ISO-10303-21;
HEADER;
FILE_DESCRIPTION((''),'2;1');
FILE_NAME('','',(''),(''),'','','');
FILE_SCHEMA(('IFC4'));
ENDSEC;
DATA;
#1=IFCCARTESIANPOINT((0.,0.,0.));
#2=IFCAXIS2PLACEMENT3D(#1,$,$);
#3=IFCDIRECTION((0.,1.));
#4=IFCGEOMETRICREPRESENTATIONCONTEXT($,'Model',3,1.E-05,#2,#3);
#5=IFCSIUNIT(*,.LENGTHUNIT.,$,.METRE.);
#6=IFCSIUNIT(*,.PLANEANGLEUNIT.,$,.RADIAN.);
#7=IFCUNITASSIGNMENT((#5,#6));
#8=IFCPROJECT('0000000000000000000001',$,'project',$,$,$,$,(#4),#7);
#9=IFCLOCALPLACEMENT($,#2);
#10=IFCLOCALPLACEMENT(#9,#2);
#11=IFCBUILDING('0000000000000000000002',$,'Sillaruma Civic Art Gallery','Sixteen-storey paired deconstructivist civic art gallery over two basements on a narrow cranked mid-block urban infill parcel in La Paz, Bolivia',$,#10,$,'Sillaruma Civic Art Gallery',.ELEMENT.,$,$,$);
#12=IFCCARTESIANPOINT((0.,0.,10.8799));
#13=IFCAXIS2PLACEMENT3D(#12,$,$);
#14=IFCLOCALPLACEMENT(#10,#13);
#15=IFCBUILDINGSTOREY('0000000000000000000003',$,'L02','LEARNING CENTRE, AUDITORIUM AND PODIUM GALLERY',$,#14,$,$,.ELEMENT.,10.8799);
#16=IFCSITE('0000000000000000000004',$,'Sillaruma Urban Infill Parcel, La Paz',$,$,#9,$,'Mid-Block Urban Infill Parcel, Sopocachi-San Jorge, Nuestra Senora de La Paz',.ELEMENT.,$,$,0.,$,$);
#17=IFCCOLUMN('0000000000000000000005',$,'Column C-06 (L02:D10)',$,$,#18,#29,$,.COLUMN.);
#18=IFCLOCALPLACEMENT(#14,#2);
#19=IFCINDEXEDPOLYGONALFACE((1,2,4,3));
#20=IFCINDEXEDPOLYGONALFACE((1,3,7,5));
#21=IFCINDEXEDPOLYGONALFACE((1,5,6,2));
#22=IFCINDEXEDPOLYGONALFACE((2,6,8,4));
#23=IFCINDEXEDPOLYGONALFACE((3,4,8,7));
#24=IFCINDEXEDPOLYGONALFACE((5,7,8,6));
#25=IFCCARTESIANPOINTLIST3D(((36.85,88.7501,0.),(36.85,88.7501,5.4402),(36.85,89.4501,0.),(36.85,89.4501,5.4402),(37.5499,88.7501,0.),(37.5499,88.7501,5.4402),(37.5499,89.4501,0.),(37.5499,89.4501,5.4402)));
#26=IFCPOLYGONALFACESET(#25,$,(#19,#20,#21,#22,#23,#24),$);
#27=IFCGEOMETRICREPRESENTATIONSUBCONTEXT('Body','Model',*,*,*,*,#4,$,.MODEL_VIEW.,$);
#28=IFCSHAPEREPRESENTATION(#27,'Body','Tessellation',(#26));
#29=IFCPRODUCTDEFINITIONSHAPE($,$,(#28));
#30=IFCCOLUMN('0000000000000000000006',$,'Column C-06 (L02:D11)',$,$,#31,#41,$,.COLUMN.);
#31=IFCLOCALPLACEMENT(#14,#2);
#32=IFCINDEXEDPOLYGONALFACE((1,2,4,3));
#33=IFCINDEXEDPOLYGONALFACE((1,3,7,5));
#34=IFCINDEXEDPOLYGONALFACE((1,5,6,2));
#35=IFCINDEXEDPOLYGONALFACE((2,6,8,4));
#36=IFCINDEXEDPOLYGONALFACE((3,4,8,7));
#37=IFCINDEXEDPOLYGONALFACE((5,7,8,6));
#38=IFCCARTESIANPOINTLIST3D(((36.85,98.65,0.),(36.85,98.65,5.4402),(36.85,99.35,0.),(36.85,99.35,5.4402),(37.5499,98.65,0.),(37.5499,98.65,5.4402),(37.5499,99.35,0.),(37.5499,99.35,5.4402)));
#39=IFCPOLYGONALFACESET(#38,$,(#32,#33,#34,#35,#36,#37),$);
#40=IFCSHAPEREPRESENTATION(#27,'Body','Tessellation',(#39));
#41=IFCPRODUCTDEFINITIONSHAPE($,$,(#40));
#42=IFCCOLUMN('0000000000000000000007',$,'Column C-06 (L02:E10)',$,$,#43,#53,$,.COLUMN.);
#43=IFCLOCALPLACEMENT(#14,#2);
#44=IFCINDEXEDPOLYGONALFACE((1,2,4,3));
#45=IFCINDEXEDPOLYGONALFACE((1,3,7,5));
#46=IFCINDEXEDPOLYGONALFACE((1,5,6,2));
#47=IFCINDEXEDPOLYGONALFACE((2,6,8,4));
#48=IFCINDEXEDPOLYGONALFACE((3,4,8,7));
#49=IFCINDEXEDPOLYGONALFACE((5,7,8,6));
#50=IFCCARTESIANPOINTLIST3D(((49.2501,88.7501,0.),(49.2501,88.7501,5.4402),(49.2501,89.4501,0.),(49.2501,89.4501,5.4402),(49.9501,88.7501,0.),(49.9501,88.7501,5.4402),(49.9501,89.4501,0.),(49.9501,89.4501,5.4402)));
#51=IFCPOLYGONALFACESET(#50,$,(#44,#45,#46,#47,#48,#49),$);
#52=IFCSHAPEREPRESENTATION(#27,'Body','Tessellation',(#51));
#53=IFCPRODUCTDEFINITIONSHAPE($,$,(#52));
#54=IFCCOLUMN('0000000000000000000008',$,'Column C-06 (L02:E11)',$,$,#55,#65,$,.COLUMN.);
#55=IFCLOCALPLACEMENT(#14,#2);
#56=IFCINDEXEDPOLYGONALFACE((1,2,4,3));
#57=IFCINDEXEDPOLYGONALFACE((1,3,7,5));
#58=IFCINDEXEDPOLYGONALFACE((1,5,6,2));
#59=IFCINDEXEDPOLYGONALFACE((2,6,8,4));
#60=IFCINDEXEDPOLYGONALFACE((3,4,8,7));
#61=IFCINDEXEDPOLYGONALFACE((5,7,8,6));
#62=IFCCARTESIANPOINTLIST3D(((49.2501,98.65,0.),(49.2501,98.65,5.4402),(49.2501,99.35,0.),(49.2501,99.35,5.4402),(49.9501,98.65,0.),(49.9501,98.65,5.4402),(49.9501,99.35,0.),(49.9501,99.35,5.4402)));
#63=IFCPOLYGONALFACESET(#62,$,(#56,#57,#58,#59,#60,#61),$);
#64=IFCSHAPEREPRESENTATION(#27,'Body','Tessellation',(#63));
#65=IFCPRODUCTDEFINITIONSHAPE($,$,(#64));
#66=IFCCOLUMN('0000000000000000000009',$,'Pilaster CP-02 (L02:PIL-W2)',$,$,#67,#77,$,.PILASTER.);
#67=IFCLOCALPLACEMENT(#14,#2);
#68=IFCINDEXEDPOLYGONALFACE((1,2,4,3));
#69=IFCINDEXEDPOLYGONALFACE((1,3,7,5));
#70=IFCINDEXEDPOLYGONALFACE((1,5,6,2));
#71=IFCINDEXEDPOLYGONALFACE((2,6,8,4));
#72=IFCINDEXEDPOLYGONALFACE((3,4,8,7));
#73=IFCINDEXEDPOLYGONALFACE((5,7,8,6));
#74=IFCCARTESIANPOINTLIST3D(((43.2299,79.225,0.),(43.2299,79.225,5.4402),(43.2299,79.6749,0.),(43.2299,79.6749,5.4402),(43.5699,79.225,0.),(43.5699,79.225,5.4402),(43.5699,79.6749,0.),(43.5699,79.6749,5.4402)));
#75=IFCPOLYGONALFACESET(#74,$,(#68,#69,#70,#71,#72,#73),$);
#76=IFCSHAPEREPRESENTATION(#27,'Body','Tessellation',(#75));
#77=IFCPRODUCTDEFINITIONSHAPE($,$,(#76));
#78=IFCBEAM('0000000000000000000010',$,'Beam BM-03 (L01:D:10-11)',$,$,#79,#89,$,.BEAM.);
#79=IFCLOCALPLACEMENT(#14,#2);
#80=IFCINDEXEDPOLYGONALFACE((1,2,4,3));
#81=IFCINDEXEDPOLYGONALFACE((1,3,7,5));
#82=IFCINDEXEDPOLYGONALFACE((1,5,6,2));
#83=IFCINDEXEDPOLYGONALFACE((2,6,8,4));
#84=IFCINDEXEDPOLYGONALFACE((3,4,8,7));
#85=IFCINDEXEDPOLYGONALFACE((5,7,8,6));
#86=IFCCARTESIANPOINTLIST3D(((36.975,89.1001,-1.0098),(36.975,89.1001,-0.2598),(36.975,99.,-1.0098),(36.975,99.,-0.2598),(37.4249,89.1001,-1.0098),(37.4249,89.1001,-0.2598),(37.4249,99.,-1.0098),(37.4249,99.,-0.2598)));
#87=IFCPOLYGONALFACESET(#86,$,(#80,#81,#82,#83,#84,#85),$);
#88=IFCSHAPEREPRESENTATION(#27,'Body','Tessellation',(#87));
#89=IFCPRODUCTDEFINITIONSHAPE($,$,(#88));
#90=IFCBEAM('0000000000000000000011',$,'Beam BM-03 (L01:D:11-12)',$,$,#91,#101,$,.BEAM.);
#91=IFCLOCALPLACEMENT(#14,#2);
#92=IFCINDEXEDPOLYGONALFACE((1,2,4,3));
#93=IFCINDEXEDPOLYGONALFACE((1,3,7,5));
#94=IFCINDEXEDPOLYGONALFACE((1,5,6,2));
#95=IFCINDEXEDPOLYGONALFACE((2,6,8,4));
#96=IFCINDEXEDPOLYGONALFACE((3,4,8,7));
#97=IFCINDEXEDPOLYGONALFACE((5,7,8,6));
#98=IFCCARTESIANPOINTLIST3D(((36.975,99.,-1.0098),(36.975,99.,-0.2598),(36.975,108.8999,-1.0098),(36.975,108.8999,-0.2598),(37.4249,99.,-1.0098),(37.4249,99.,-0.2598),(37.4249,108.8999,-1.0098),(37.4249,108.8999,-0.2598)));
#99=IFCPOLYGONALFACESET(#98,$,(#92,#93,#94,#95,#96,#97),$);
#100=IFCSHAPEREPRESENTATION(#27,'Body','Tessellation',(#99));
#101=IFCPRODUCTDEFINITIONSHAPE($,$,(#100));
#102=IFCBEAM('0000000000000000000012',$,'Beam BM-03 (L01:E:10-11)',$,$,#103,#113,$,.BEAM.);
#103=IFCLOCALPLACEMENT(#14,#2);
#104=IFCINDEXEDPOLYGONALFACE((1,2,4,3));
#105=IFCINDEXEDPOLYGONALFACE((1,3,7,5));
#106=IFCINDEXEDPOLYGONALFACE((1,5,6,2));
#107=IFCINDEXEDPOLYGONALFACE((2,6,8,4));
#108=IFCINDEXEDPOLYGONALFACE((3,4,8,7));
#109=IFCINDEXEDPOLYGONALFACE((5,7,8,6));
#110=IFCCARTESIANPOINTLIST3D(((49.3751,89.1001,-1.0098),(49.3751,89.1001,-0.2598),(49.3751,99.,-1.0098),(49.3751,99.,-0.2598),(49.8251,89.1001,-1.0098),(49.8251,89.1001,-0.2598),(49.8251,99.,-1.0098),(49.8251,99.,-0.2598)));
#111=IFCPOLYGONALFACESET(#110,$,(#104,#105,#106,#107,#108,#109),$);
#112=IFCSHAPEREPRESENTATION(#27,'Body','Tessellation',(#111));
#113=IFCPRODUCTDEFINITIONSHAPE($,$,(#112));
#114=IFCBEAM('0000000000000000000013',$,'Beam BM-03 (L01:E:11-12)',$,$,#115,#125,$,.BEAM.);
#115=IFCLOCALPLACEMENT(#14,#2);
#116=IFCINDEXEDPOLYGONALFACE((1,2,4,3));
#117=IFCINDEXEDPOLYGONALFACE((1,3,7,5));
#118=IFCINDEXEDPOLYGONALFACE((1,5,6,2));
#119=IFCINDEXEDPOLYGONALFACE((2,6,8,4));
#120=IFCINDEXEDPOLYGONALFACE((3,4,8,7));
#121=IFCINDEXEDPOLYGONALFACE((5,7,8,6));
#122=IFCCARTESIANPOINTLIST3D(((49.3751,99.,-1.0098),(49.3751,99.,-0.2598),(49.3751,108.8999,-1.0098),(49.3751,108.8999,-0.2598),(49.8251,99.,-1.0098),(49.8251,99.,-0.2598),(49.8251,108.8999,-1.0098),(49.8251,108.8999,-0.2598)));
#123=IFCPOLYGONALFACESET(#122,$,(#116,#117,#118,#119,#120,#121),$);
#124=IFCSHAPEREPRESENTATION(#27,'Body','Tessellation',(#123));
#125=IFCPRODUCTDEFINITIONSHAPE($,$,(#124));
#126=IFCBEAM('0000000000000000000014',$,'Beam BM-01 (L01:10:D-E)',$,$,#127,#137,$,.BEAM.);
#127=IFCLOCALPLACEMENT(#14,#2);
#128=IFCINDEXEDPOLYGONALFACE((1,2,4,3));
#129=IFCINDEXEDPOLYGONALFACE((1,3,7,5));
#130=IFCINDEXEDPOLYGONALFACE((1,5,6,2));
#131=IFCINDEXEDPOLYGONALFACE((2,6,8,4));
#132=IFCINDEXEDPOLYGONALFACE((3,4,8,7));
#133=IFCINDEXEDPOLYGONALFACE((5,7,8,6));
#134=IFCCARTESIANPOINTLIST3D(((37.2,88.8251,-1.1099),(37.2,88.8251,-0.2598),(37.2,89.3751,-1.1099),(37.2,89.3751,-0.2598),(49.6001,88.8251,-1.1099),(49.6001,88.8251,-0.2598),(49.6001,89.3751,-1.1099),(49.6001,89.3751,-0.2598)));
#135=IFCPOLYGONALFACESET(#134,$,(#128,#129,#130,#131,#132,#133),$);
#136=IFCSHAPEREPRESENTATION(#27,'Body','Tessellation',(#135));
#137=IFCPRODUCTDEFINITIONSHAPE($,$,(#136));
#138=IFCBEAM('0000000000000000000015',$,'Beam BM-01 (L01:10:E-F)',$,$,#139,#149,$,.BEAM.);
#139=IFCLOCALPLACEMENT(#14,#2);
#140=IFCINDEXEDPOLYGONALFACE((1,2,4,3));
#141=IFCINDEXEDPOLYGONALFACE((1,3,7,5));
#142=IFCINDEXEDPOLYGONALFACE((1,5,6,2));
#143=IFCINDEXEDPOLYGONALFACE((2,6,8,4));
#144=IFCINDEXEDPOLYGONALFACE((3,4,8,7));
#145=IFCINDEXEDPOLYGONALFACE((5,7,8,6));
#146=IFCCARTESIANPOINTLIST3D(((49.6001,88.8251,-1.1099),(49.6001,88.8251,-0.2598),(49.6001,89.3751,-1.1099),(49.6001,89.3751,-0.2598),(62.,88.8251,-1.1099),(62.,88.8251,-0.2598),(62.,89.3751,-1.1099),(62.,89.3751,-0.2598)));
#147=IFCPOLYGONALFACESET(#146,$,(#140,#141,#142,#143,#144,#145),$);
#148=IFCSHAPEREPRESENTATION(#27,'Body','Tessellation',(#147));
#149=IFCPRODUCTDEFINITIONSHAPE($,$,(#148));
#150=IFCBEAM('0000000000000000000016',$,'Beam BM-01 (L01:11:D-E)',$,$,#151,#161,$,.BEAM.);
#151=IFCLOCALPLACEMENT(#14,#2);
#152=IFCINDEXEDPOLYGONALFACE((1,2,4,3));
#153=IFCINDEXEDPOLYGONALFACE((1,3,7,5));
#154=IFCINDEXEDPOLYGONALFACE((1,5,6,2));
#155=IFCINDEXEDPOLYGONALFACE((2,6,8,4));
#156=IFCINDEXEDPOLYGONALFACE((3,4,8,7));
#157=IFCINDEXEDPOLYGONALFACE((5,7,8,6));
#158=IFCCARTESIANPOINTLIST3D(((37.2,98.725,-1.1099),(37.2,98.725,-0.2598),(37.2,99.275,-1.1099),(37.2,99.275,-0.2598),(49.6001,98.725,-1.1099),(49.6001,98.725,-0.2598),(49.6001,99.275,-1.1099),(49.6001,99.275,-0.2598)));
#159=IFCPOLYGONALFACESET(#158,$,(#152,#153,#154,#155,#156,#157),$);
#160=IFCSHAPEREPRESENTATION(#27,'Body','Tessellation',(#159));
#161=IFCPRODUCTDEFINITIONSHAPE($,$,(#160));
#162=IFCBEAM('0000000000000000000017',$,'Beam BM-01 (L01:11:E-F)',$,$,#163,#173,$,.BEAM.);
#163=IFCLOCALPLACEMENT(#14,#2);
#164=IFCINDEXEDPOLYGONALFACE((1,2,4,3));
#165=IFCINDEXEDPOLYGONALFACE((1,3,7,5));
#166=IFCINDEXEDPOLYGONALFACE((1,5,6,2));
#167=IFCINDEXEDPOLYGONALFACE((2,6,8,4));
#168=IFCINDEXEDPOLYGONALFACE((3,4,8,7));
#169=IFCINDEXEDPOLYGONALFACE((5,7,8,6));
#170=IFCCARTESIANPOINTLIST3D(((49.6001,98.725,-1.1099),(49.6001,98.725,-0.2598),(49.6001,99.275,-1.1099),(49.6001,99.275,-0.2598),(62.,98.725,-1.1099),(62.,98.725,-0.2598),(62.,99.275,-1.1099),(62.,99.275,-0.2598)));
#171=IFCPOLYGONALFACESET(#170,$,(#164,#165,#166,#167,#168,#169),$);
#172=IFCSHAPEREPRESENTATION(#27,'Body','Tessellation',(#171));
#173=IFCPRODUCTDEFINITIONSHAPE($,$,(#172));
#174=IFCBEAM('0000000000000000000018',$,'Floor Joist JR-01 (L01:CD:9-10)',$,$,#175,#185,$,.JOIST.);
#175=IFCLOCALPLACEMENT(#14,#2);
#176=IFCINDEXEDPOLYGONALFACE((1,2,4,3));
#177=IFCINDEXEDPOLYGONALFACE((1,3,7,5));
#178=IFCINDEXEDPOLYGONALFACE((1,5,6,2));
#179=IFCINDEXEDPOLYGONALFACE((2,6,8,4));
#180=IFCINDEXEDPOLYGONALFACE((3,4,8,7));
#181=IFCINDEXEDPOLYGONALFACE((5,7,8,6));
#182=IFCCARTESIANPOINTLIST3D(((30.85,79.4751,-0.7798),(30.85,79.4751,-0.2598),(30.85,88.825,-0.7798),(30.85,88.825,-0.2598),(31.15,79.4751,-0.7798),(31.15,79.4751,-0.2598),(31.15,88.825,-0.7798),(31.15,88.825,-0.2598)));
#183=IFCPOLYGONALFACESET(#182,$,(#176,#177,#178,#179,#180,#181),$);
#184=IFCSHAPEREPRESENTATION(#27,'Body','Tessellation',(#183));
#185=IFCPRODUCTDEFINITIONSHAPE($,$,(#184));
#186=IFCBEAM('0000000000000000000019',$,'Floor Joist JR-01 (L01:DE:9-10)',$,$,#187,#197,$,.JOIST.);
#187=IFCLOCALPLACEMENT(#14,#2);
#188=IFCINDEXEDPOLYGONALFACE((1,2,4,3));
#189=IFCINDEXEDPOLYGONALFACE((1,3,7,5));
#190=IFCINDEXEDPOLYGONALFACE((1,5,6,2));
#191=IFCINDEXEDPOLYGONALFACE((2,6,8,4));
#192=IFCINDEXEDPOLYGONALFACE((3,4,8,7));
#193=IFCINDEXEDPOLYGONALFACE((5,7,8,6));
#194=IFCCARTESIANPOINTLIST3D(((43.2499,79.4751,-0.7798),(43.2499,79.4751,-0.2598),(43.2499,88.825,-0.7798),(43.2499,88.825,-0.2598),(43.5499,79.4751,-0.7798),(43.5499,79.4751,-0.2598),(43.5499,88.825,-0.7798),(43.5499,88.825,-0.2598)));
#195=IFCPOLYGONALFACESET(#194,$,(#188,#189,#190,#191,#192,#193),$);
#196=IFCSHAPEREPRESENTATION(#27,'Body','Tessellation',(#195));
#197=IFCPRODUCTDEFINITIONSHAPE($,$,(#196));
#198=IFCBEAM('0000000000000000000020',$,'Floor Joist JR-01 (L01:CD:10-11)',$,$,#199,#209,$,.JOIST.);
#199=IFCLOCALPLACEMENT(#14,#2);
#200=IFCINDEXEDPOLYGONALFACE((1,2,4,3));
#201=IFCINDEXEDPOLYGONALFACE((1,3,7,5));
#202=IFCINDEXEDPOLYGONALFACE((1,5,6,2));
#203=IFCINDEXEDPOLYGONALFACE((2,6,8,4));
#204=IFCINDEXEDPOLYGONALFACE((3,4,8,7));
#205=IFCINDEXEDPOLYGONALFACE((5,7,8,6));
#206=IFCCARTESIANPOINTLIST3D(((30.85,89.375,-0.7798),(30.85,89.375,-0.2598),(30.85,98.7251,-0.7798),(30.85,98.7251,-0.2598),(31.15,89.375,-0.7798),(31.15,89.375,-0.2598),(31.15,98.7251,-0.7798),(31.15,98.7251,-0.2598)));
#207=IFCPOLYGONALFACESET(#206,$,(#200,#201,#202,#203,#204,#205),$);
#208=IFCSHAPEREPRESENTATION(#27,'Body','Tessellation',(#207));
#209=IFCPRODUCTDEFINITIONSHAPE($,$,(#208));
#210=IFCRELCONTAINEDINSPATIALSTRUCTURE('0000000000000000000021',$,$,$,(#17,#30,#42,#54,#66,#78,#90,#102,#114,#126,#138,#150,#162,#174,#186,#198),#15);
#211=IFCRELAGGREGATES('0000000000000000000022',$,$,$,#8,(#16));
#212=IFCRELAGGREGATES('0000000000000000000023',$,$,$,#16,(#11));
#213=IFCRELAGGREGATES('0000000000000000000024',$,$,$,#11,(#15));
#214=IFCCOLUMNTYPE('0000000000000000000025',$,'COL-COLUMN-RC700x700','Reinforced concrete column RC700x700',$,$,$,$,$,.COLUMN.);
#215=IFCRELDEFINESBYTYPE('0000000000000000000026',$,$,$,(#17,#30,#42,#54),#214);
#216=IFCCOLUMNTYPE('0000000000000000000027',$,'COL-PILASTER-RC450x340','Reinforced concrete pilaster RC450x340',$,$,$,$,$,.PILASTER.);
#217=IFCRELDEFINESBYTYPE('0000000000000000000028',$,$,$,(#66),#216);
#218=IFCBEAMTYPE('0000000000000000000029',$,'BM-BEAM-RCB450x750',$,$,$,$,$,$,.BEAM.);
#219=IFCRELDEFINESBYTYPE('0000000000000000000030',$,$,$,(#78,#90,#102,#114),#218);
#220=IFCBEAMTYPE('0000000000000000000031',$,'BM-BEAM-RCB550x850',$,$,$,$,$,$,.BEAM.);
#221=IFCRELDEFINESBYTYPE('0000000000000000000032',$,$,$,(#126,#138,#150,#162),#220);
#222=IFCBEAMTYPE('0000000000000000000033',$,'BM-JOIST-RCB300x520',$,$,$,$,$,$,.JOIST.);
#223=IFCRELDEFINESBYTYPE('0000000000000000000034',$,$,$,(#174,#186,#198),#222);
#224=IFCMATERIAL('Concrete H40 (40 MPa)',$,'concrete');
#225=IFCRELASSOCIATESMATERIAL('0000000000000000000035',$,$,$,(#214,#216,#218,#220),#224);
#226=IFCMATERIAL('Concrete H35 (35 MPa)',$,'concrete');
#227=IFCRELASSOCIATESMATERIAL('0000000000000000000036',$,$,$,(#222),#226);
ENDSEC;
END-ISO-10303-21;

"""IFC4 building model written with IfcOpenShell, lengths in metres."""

from ifc_helpers import new_model, si_unit, direction, frame, origin, origin_2d, place, context, subcontext, project, spatial, rectangle, extrude, material, material_profile, profile_set, type_object, element, save


model = new_model("IFC4")

# Units and contexts
model_context = context("Model", 3, precision=1e-05, world=origin(), true_north=direction((0.0, 1.0)))
body_context = subcontext(model_context, "Body", "Model", "MODEL_VIEW")
ifc_project = project(units=[si_unit("LENGTHUNIT", "METRE"), si_unit("PLANEANGLEUNIT", "RADIAN")], contexts=[model_context])

# Site, building, storey
site_placement = place(None, origin())
site = spatial("IfcSite", under=ifc_project, at=site_placement, Name="Sillaruma Urban Infill Parcel, La Paz", LongName="Mid-Block Urban Infill Parcel, Sopocachi-San Jorge, Nuestra Senora de La Paz", CompositionType="ELEMENT", RefElevation=0.0)
building_placement = place(site_placement, origin())
building = spatial("IfcBuilding", under=site, at=building_placement, Name="Sillaruma Civic Art Gallery", Description="Sixteen-storey paired deconstructivist civic art gallery over two basements on a narrow cranked mid-block urban infill parcel in La Paz, Bolivia", LongName="Sillaruma Civic Art Gallery", CompositionType="ELEMENT")
storey_placement = place(building_placement, frame((0.0, 0.0, 10.8799)))
storey = spatial("IfcBuildingStorey", under=building, at=storey_placement, Name="L02", Description="LEARNING CENTRE, AUDITORIUM AND PODIUM GALLERY", CompositionType="ELEMENT", Elevation=10.8799)

# Columns
ifc_material_1 = material(Name="Concrete H40 (40 MPa)", Category="concrete")
ifc_material_profile_1 = material_profile(ifc_material_1, rectangle(XDim=0.7, YDim=0.7, at=origin_2d()), Name="RC700x700")
ifc_profile_set_1 = profile_set([ifc_material_profile_1], Name="Concrete H40 (40 MPa)")
column_type_1 = type_object("IfcColumnType", Name="COL-COLUMN-RC700x700", Description="Reinforced concrete column RC700x700", PredefinedType="COLUMN", material=ifc_profile_set_1)
for number, where, z_axis, x_axis, name in (
    (1, (37.2, 89.1001, 0.0), (0.0, 0.0, 1.0), (1.0, 0.0, 0.0), "Column C-06 (L02:D10)"),
    (2, (37.2, 99.0, 0.0), (0.0, 0.0, 1.0), (1.0, 0.0, 0.0), "Column C-06 (L02:D11)"),
    (3, (49.6001, 89.1001, 0.0), (0.0, 0.0, 1.0), (1.0, 0.0, 0.0), "Column C-06 (L02:E10)"),
    (4, (49.6001, 99.0, 0.0), (0.0, 0.0, 1.0), (1.0, 0.0, 0.0), "Column C-06 (L02:E11)"),
):
    element("IfcColumn", number, at=place(storey_placement, frame(where, z_axis=z_axis, x_axis=x_axis)), inside=storey, type_object=column_type_1, Name=name, PredefinedType="COLUMN", context=body_context, shape_type="SweptSolid", body=[
        extrude(rectangle(XDim=0.7, YDim=0.7, at=origin_2d()), origin(), (0.0, 0.0, 1.0), 5.4402),
    ])
ifc_material_profile_2 = material_profile(ifc_material_1, rectangle(XDim=0.3401, YDim=0.45, at=origin_2d()), Name="RC450x340")
ifc_profile_set_2 = profile_set([ifc_material_profile_2], Name="Concrete H40 (40 MPa)")
column_type_2 = type_object("IfcColumnType", Name="COL-PILASTER-RC450x340", Description="Reinforced concrete pilaster RC450x340", PredefinedType="PILASTER", material=ifc_profile_set_2)
column_placement = place(storey_placement, frame((43.3999, 79.45, 0.0), z_axis=(0.0, 0.0, 1.0), x_axis=(1.0, 0.0, 0.0)))
element("IfcColumn", 5, at=column_placement, inside=storey, type_object=column_type_2, Name="Pilaster CP-02 (L02:PIL-W2)", PredefinedType="PILASTER", context=body_context, shape_type="SweptSolid", body=[
    extrude(rectangle(XDim=0.3401, YDim=0.45, at=origin_2d()), origin(), (0.0, 0.0, 1.0), 5.4402),
])

# Beams
ifc_material_profile_3 = material_profile(ifc_material_1, rectangle(XDim=0.45, YDim=0.75, at=origin_2d()), Name="RCB450x750")
ifc_profile_set_3 = profile_set([ifc_material_profile_3], Name="Concrete H40 (40 MPa)")
beam_type_1 = type_object("IfcBeamType", Name="BM-BEAM-RCB450x750", PredefinedType="BEAM", material=ifc_profile_set_3)
for number, where, z_axis, x_axis, name in (
    (6, (37.2, 89.1001, -0.6348), (0.0, 1.0, 0.0), (-1.0, 0.0, 0.0), "Beam BM-03 (L01:D:10-11)"),
    (7, (37.2, 99.0, -0.6348), (0.0, 1.0, 0.0), (-1.0, 0.0, 0.0), "Beam BM-03 (L01:D:11-12)"),
    (8, (49.6001, 89.1001, -0.6348), (0.0, 1.0, 0.0), (-1.0, 0.0, 0.0), "Beam BM-03 (L01:E:10-11)"),
    (9, (49.6001, 99.0, -0.6348), (0.0, 1.0, 0.0), (-1.0, 0.0, 0.0), "Beam BM-03 (L01:E:11-12)"),
):
    element("IfcBeam", number, at=place(storey_placement, frame(where, z_axis=z_axis, x_axis=x_axis)), inside=storey, type_object=beam_type_1, Name=name, PredefinedType="BEAM", context=body_context, shape_type="SweptSolid", body=[
        extrude(rectangle(XDim=0.45, YDim=0.75, at=origin_2d()), origin(), (0.0, 0.0, 1.0), 9.8999),
    ])
ifc_material_profile_4 = material_profile(ifc_material_1, rectangle(XDim=0.55, YDim=0.8501, at=origin_2d()), Name="RCB550x850")
ifc_profile_set_4 = profile_set([ifc_material_profile_4], Name="Concrete H40 (40 MPa)")
beam_type_2 = type_object("IfcBeamType", Name="BM-BEAM-RCB550x850", PredefinedType="BEAM", material=ifc_profile_set_4)
beam_1_placement = place(storey_placement, frame((37.2, 89.1001, -0.6848), z_axis=(1.0, 0.0, 0.0), x_axis=(0.0, 1.0, 0.0)))
element("IfcBeam", 10, at=beam_1_placement, inside=storey, type_object=beam_type_2, Name="Beam BM-01 (L01:10:D-E)", PredefinedType="BEAM", context=body_context, shape_type="SweptSolid", body=[
    extrude(rectangle(XDim=0.55, YDim=0.8501, at=origin_2d()), origin(), (0.0, 0.0, 1.0), 12.4001),
])
beam_2_placement = place(storey_placement, frame((49.6001, 89.1001, -0.6848), z_axis=(1.0, 0.0, 0.0), x_axis=(0.0, 1.0, 0.0)))
element("IfcBeam", 11, at=beam_2_placement, inside=storey, type_object=beam_type_2, Name="Beam BM-01 (L01:10:E-F)", PredefinedType="BEAM", context=body_context, shape_type="SweptSolid", body=[
    extrude(rectangle(XDim=0.55, YDim=0.8501, at=origin_2d()), origin(), (0.0, 0.0, 1.0), 12.3999),
])
beam_3_placement = place(storey_placement, frame((37.2, 99.0, -0.6848), z_axis=(1.0, 0.0, 0.0), x_axis=(0.0, 1.0, 0.0)))
element("IfcBeam", 12, at=beam_3_placement, inside=storey, type_object=beam_type_2, Name="Beam BM-01 (L01:11:D-E)", PredefinedType="BEAM", context=body_context, shape_type="SweptSolid", body=[
    extrude(rectangle(XDim=0.55, YDim=0.8501, at=origin_2d()), origin(), (0.0, 0.0, 1.0), 12.4001),
])
beam_4_placement = place(storey_placement, frame((49.6001, 99.0, -0.6848), z_axis=(1.0, 0.0, 0.0), x_axis=(0.0, 1.0, 0.0)))
element("IfcBeam", 13, at=beam_4_placement, inside=storey, type_object=beam_type_2, Name="Beam BM-01 (L01:11:E-F)", PredefinedType="BEAM", context=body_context, shape_type="SweptSolid", body=[
    extrude(rectangle(XDim=0.55, YDim=0.8501, at=origin_2d()), origin(), (0.0, 0.0, 1.0), 12.3999),
])
ifc_material_2 = material(Name="Concrete H35 (35 MPa)", Category="concrete")
ifc_material_profile_5 = material_profile(ifc_material_2, rectangle(XDim=0.3, YDim=0.52, at=origin_2d()), Name="RCB300x520")
ifc_profile_set_5 = profile_set([ifc_material_profile_5], Name="Concrete H35 (35 MPa)")
beam_type_3 = type_object("IfcBeamType", Name="BM-JOIST-RCB300x520", PredefinedType="JOIST", material=ifc_profile_set_5)
for number, where, z_axis, x_axis, name in (
    (14, (31.0, 79.4751, -0.5198), (0.0, 1.0, 0.0), (-1.0, 0.0, 0.0), "Floor Joist JR-01 (L01:CD:9-10)"),
    (15, (43.3999, 79.4751, -0.5198), (0.0, 1.0, 0.0), (-1.0, 0.0, 0.0), "Floor Joist JR-01 (L01:DE:9-10)"),
):
    element("IfcBeam", number, at=place(storey_placement, frame(where, z_axis=z_axis, x_axis=x_axis)), inside=storey, type_object=beam_type_3, Name=name, PredefinedType="JOIST", context=body_context, shape_type="SweptSolid", body=[
        extrude(rectangle(XDim=0.3, YDim=0.52, at=origin_2d()), origin(), (0.0, 0.0, 1.0), 9.3499),
    ])
for number, where, z_axis, x_axis, name in (
    (16, (31.0, 89.375, -0.5198), (0.0, 1.0, 0.0), (-1.0, 0.0, 0.0), "Floor Joist JR-01 (L01:CD:10-11)"),
):
    element("IfcBeam", number, at=place(storey_placement, frame(where, z_axis=z_axis, x_axis=x_axis)), inside=storey, type_object=beam_type_3, Name=name, PredefinedType="JOIST", context=body_context, shape_type="SweptSolid", body=[
        extrude(rectangle(XDim=0.3, YDim=0.52, at=origin_2d()), origin(), (0.0, 0.0, 1.0), 9.3501),
    ])

save(model, "model.ifc")
